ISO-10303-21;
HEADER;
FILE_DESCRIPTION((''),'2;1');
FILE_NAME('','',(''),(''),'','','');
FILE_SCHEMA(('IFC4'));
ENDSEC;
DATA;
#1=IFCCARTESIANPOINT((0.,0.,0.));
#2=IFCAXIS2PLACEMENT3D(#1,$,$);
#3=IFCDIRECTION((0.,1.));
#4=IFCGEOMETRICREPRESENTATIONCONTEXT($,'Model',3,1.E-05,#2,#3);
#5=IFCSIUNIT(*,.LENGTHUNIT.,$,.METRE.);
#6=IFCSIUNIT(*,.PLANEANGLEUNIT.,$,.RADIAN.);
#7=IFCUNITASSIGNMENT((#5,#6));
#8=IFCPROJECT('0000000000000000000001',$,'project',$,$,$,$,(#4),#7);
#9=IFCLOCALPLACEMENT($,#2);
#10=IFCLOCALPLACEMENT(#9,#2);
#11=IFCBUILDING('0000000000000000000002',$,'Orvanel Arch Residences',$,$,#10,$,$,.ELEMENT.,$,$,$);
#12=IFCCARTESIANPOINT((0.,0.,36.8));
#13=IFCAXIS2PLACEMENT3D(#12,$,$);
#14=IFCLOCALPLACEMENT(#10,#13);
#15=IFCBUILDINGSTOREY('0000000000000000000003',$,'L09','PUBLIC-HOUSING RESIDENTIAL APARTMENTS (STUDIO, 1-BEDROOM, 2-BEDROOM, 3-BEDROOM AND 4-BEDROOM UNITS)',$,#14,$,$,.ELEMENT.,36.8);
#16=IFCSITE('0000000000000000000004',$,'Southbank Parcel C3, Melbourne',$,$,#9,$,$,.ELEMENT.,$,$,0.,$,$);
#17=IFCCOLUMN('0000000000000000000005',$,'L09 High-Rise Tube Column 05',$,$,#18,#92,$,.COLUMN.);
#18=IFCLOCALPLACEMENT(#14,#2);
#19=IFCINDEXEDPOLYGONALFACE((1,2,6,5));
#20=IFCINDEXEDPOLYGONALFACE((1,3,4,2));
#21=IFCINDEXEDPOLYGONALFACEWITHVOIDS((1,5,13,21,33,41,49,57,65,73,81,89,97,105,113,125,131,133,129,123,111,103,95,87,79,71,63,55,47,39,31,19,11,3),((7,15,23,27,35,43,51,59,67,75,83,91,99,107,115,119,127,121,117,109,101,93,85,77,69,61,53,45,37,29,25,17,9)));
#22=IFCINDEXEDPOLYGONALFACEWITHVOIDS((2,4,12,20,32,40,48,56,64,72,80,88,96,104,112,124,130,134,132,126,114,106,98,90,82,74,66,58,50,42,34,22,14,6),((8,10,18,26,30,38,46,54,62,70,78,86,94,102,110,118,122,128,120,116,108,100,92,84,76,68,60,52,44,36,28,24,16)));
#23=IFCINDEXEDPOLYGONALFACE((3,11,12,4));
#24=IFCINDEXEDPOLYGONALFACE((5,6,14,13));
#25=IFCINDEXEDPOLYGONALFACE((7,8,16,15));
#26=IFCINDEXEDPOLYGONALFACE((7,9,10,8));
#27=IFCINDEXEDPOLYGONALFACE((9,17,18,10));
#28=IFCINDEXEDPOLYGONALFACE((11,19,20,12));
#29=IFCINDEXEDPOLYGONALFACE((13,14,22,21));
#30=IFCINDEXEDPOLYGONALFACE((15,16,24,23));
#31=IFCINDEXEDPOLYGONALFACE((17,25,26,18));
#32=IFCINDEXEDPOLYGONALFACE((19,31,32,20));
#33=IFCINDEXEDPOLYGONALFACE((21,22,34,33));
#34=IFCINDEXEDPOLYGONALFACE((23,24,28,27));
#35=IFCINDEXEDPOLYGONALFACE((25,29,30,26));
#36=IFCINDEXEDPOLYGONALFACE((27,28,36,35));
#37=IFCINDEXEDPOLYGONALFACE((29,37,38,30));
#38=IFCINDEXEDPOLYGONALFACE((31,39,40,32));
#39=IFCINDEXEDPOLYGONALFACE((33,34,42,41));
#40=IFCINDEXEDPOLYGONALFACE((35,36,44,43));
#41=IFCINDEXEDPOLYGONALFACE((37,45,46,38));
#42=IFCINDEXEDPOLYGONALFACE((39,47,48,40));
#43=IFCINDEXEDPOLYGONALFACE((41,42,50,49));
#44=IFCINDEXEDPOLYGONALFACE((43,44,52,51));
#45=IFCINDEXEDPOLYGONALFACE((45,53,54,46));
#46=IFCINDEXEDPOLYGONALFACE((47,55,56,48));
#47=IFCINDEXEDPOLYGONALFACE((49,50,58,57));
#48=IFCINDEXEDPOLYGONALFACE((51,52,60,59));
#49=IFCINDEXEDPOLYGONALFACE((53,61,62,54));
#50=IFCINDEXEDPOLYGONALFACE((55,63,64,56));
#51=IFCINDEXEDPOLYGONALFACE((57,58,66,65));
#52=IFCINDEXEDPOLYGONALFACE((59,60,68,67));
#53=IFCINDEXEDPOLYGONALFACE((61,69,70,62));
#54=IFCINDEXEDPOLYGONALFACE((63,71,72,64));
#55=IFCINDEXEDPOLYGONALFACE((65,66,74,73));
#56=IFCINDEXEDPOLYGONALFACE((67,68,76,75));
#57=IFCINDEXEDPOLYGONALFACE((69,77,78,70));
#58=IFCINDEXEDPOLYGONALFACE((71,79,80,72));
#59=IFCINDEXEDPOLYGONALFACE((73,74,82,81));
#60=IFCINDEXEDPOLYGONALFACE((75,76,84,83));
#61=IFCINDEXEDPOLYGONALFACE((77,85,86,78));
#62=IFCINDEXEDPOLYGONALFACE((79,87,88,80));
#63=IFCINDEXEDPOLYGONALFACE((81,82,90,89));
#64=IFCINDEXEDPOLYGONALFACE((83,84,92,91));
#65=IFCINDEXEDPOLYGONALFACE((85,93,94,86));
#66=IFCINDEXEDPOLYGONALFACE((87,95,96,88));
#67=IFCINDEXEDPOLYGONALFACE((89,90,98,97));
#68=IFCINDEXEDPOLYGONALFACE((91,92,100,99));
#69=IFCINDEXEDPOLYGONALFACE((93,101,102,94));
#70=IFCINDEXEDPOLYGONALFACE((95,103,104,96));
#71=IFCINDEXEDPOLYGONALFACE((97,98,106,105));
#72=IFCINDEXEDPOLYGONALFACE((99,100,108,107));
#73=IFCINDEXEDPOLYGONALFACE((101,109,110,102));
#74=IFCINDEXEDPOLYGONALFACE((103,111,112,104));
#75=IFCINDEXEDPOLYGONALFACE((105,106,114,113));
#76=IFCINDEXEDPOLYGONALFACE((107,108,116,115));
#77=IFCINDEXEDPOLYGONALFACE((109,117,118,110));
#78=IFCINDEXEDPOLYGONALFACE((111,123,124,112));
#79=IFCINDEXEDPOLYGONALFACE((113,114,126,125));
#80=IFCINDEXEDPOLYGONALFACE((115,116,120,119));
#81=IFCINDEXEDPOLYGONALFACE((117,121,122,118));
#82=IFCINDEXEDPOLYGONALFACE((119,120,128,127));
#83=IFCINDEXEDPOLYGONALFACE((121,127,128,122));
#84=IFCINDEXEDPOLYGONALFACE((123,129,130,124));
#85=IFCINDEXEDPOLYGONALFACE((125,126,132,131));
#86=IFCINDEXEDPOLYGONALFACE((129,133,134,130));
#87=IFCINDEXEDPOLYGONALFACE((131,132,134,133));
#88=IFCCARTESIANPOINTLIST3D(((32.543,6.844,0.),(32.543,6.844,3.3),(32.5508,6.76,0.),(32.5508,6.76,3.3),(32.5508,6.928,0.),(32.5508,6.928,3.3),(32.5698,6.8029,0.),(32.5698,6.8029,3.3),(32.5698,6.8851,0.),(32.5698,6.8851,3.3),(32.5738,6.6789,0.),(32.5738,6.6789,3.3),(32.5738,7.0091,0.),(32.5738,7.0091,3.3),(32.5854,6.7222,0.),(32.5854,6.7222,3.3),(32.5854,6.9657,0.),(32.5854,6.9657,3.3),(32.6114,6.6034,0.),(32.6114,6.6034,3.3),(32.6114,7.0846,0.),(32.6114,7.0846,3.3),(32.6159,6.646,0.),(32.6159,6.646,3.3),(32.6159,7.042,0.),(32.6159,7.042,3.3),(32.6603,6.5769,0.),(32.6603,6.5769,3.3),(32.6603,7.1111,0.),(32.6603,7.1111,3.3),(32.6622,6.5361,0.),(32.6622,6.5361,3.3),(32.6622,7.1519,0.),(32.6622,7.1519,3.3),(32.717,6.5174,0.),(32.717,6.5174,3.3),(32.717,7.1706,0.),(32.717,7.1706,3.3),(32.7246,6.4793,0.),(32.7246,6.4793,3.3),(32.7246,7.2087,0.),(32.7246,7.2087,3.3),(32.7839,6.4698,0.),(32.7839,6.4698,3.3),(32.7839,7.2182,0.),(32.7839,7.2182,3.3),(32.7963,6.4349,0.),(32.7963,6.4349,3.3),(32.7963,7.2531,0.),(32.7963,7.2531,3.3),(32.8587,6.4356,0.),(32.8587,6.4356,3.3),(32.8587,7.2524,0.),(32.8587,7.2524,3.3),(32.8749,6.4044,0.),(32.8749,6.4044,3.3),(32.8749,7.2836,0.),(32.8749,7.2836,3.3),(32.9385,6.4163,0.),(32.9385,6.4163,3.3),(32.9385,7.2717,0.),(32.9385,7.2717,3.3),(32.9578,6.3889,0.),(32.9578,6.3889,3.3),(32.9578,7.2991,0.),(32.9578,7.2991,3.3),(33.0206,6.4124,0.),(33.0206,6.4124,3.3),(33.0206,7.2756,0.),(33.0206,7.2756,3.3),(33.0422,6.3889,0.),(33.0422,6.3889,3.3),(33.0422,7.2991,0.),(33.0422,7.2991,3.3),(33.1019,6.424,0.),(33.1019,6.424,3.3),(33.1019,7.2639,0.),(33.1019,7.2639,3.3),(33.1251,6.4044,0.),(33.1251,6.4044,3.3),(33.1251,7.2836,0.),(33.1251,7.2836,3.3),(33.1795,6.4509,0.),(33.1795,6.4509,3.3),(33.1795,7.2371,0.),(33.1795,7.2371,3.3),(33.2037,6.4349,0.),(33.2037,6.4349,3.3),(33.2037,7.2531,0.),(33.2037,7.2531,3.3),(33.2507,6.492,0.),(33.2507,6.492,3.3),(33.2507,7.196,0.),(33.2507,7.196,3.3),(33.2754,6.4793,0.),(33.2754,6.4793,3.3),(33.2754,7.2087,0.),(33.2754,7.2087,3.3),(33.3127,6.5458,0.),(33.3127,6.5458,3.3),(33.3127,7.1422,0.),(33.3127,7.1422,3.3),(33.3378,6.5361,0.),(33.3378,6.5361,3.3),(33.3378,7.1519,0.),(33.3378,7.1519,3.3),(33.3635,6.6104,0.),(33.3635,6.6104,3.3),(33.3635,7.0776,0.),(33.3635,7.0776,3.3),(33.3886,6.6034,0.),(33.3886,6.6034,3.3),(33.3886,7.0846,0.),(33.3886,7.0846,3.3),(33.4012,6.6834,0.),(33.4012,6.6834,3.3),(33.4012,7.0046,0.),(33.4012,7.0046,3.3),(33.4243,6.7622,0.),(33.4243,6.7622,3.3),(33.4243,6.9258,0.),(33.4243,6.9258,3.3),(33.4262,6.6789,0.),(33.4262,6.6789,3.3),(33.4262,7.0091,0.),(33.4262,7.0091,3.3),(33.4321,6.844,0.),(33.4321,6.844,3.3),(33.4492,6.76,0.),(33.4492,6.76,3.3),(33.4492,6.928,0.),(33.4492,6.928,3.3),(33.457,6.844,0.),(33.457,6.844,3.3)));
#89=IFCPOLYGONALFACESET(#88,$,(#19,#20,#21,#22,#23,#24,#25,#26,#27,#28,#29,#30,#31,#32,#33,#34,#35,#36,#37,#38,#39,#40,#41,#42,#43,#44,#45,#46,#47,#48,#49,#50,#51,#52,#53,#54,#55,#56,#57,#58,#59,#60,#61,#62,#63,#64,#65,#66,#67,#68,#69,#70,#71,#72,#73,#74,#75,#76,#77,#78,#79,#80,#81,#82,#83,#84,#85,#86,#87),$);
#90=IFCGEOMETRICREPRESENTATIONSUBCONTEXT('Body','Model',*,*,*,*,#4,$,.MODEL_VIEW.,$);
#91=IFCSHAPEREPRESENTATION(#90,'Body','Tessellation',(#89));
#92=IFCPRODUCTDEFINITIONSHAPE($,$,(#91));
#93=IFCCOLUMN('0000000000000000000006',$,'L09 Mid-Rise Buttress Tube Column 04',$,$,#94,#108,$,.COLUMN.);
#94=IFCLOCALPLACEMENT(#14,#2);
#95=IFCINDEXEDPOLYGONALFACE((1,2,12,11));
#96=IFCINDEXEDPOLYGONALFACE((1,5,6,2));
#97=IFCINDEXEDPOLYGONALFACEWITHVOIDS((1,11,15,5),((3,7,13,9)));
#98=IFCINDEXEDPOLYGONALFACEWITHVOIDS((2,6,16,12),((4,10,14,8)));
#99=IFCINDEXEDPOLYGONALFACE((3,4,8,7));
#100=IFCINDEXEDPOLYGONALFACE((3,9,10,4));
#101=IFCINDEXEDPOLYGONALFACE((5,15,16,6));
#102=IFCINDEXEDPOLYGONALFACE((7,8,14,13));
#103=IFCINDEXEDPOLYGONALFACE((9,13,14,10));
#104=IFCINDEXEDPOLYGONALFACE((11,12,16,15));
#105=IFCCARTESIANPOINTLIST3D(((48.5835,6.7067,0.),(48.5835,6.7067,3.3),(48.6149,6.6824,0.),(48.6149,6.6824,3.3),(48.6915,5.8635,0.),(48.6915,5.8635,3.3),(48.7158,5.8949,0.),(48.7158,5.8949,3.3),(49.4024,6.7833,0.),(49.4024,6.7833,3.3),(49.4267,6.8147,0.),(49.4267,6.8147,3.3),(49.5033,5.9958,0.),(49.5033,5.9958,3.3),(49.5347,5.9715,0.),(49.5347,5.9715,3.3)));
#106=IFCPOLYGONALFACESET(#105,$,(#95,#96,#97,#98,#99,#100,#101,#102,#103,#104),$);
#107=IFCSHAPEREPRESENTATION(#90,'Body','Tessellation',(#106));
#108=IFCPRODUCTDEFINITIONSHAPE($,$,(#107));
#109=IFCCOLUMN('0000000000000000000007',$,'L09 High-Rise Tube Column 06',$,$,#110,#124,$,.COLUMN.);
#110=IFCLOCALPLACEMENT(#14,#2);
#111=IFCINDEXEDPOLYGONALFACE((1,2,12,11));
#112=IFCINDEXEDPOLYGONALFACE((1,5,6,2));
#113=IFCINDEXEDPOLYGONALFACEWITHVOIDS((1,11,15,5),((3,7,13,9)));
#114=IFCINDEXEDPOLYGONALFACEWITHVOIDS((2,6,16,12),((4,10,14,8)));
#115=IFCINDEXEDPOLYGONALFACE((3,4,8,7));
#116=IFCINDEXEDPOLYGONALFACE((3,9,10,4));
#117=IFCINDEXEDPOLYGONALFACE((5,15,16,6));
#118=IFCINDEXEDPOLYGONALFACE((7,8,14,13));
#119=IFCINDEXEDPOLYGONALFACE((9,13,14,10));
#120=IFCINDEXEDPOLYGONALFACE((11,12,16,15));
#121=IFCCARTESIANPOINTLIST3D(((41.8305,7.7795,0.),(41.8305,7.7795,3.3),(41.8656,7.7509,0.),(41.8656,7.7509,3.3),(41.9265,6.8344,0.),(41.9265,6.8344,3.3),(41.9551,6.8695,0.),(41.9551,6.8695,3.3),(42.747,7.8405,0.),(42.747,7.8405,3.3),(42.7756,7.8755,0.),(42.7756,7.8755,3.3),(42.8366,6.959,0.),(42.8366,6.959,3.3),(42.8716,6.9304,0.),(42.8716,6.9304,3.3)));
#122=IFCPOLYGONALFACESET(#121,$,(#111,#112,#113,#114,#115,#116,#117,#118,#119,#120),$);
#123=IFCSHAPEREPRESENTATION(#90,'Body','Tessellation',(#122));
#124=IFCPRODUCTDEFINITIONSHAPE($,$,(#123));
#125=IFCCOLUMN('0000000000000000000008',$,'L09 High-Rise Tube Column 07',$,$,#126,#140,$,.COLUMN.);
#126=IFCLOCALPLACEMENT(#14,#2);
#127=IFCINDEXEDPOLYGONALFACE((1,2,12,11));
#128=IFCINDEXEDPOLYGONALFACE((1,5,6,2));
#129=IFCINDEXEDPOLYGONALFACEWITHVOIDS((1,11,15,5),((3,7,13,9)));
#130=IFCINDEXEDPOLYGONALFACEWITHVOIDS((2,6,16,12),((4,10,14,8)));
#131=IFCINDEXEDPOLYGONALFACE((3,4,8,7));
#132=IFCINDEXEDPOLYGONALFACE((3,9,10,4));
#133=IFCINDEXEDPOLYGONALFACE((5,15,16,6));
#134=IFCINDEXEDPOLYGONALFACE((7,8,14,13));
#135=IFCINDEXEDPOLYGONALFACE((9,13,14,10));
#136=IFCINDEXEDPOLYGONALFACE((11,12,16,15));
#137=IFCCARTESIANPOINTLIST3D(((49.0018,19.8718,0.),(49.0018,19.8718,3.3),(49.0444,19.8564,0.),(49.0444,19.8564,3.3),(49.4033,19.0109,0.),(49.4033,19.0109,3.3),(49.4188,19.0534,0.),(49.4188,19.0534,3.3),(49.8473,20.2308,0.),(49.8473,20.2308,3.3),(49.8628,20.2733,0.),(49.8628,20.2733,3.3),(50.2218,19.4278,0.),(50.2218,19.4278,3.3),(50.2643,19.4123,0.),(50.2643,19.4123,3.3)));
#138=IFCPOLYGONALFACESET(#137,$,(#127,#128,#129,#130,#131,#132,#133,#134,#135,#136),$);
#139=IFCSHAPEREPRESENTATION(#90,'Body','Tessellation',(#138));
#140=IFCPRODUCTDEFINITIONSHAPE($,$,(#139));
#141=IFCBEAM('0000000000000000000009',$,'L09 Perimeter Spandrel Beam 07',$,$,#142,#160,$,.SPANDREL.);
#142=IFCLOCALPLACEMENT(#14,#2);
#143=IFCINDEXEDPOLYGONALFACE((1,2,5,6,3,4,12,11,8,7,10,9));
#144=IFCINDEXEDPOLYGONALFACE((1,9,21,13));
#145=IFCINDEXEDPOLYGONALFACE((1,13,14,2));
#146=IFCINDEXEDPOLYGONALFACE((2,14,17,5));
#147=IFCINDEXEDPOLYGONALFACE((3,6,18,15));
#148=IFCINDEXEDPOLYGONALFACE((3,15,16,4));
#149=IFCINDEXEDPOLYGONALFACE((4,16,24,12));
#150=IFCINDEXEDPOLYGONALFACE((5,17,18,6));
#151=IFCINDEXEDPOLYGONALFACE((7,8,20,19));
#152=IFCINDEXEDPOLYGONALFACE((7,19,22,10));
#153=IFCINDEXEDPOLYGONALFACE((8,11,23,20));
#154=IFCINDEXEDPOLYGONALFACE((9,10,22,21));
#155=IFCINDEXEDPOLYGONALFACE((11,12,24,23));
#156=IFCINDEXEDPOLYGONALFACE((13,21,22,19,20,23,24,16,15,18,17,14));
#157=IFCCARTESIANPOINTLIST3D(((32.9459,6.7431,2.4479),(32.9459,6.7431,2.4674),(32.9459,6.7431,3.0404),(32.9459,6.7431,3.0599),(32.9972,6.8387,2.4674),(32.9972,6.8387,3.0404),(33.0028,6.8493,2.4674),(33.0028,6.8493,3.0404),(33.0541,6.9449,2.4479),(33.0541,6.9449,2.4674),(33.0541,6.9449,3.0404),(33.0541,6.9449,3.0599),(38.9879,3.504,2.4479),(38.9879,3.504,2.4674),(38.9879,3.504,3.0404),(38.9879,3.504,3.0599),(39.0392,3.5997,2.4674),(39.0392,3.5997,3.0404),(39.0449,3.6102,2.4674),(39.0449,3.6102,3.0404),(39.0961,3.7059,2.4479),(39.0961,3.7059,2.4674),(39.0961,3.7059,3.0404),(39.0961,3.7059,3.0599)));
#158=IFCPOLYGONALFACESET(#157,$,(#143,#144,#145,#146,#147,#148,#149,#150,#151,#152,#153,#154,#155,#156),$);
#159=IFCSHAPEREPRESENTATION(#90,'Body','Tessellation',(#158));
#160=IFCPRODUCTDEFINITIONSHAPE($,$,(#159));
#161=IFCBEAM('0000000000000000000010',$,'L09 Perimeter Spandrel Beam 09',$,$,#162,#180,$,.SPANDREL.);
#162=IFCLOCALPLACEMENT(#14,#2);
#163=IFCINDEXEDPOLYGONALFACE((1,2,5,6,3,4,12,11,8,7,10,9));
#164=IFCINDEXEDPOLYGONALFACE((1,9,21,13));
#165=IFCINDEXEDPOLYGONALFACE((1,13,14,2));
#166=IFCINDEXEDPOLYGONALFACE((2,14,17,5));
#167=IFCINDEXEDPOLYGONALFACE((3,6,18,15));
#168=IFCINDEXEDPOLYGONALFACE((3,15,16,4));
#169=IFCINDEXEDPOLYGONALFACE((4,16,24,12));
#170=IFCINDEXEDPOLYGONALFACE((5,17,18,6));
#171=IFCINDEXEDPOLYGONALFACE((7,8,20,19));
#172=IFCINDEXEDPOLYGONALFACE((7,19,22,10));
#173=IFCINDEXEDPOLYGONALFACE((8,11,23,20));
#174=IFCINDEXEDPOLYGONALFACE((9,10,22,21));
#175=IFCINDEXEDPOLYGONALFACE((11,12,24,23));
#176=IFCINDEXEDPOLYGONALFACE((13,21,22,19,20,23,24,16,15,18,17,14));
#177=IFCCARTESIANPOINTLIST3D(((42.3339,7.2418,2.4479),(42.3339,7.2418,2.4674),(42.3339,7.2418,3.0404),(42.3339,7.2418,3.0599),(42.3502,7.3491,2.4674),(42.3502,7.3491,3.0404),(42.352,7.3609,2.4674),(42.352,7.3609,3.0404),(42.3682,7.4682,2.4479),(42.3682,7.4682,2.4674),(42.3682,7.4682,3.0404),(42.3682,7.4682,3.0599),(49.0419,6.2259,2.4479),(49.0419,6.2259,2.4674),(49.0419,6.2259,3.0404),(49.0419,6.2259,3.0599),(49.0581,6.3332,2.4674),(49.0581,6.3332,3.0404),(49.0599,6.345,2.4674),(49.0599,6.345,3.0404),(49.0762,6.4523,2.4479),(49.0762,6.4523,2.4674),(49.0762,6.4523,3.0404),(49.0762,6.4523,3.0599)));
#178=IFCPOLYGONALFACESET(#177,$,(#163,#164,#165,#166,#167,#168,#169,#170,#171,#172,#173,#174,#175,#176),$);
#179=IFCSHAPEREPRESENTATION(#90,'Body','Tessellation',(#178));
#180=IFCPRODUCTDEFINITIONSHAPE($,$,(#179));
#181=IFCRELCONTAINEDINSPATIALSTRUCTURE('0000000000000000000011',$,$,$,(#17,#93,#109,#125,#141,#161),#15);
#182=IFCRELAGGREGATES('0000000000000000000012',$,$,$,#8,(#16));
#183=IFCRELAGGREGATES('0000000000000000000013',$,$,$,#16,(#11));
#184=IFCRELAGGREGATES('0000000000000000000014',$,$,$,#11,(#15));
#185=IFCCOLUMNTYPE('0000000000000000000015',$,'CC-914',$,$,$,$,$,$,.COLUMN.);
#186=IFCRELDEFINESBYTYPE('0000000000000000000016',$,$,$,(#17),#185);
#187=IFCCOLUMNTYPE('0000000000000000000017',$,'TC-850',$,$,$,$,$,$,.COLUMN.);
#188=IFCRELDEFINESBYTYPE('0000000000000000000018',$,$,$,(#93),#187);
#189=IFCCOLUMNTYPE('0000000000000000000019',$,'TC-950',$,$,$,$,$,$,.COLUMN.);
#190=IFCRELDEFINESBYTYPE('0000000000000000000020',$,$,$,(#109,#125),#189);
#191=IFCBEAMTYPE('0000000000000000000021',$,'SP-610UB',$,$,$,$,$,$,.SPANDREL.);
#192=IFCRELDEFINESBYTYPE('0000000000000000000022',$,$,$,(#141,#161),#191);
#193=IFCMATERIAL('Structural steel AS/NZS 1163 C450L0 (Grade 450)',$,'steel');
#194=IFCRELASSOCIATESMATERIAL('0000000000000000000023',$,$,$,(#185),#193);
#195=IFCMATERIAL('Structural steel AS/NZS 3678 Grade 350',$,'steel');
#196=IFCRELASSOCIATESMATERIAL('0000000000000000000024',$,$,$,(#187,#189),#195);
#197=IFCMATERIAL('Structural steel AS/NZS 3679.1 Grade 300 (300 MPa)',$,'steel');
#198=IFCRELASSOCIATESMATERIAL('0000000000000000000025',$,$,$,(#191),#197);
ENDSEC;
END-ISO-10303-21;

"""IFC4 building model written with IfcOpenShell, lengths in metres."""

from ifc_helpers import new_model, si_unit, direction, frame, origin, origin_2d, place, context, subcontext, project, spatial, hollow_rectangle, hollow_circle, i_section, extrude, material, material_profile, profile_set, type_object, element, save


model = new_model("IFC4")

# Units and contexts
model_context = context("Model", 3, precision=1e-05, world=origin(), true_north=direction((0.0, 1.0)))
body_context = subcontext(model_context, "Body", "Model", "MODEL_VIEW")
ifc_project = project(units=[si_unit("LENGTHUNIT", "METRE"), si_unit("PLANEANGLEUNIT", "RADIAN")], contexts=[model_context])

# Site, building, storey
site_placement = place(None, origin())
site = spatial("IfcSite", under=ifc_project, at=site_placement, Name="Southbank Parcel C3, Melbourne", CompositionType="ELEMENT", RefElevation=0.0)
building_placement = place(site_placement, origin())
building = spatial("IfcBuilding", under=site, at=building_placement, Name="Orvanel Arch Residences", CompositionType="ELEMENT")
storey_placement = place(building_placement, frame((0.0, 0.0, 36.8)))
storey = spatial("IfcBuildingStorey", under=building, at=storey_placement, Name="L09", Description="PUBLIC-HOUSING RESIDENTIAL APARTMENTS (STUDIO, 1-BEDROOM, 2-BEDROOM, 3-BEDROOM AND 4-BEDROOM UNITS)", CompositionType="ELEMENT", Elevation=36.8)

# Columns
ifc_material_1 = material(Name="Structural steel AS/NZS 1163 C450L0 (Grade 450)", Category="steel")
ifc_material_profile_1 = material_profile(ifc_material_1, hollow_circle(Radius=0.457, WallThickness=0.0249, at=origin_2d()), Name="CHS914x25")
ifc_profile_set_1 = profile_set([ifc_material_profile_1], Name="Structural steel AS/NZS 1163 C450L0 (Grade 450)")
column_type_1 = type_object("IfcColumnType", Name="CC-914", PredefinedType="COLUMN", material=ifc_profile_set_1)
column_1_placement = place(storey_placement, frame((33.0, 6.844, 0.0), z_axis=(0.0, 0.0, 1.0), x_axis=(1.0, 0.0, 0.0)))
element("IfcColumn", 1, at=column_1_placement, inside=storey, type_object=column_type_1, Name="L09 High-Rise Tube Column 05", PredefinedType="COLUMN", context=body_context, shape_type="SweptSolid", body=[
    extrude(hollow_circle(Radius=0.457, WallThickness=0.0249, at=origin_2d()), origin(), (0.0, 0.0, 1.0), 3.3),
])
ifc_material_2 = material(Name="Structural steel AS/NZS 3678 Grade 350", Category="steel")
ifc_material_profile_2 = material_profile(ifc_material_2, hollow_rectangle(XDim=0.8501, YDim=0.8501, WallThickness=0.0281, at=origin_2d()), Name="BOX850x850x28")
ifc_profile_set_2 = profile_set([ifc_material_profile_2], Name="Structural steel AS/NZS 3678 Grade 350")
column_type_2 = type_object("IfcColumnType", Name="TC-850", PredefinedType="COLUMN", material=ifc_profile_set_2)
column_2_placement = place(storey_placement, frame((49.0591, 6.3391, 0.0), z_axis=(0.0, 0.0, 1.0), x_axis=(0.991894, 0.127065, 0.0)))
element("IfcColumn", 2, at=column_2_placement, inside=storey, type_object=column_type_2, Name="L09 Mid-Rise Buttress Tube Column 04", PredefinedType="COLUMN", context=body_context, shape_type="SweptSolid", body=[
    extrude(hollow_rectangle(XDim=0.8501, YDim=0.8501, WallThickness=0.0281, at=origin_2d()), origin(), (0.0, 0.0, 1.0), 3.3),
])
ifc_material_profile_3 = material_profile(ifc_material_2, hollow_rectangle(XDim=0.95, YDim=0.95, WallThickness=0.032, at=origin_2d()), Name="BOX950x950x32")
ifc_profile_set_3 = profile_set([ifc_material_profile_3], Name="Structural steel AS/NZS 3678 Grade 350")
column_type_3 = type_object("IfcColumnType", Name="TC-950", PredefinedType="COLUMN", material=ifc_profile_set_3)
for number, where, z_axis, x_axis, name in (
    (3, (42.3511, 7.355, 0.0), (0.0, 0.0, 1.0), (0.994881, 0.101056, 0.0), "L09 High-Rise Tube Column 06"),
    (4, (49.6331, 19.6421, 0.0), (0.0, 0.0, 1.0), (-0.422618, 0.906308, 0.0), "L09 High-Rise Tube Column 07"),
):
    element("IfcColumn", number, at=place(storey_placement, frame(where, z_axis=z_axis, x_axis=x_axis)), inside=storey, type_object=column_type_3, Name=name, PredefinedType="COLUMN", context=body_context, shape_type="SweptSolid", body=[
        extrude(hollow_rectangle(XDim=0.95, YDim=0.95, WallThickness=0.032, at=origin_2d()), origin(), (0.0, 0.0, 1.0), 3.3),
    ])

# Beams
ifc_material_3 = material(Name="Structural steel AS/NZS 3679.1 Grade 300 (300 MPa)", Category="steel")
ifc_material_profile_4 = material_profile(ifc_material_3, i_section(OverallWidth=0.229, OverallDepth=0.6121, WebThickness=0.012, FlangeThickness=0.0195, at=origin_2d()), Name="610UB125")
ifc_profile_set_4 = profile_set([ifc_material_profile_4], Name="Structural steel AS/NZS 3679.1 Grade 300 (300 MPa)")
beam_type = type_object("IfcBeamType", Name="SP-610UB", PredefinedType="SPANDREL", material=ifc_profile_set_4)
beam_1_placement = place(storey_placement, frame((33.0, 6.844, 2.7539), z_axis=(0.881344, -0.472474, 0.0), x_axis=(0.472474, 0.881344, 0.0)))
element("IfcBeam", 5, at=beam_1_placement, inside=storey, type_object=beam_type, Name="L09 Perimeter Spandrel Beam 07", PredefinedType="SPANDREL", context=body_context, shape_type="SweptSolid", body=[
    extrude(i_section(OverallWidth=0.229, OverallDepth=0.6121, WebThickness=0.012, FlangeThickness=0.0195, at=origin_2d()), origin(), (0.0, 0.0, 1.0), 6.8555),
])
beam_2_placement = place(storey_placement, frame((42.3511, 7.355, 2.7539), z_axis=(0.988726, -0.149734, 0.0), x_axis=(0.149734, 0.988726, 0.0)))
element("IfcBeam", 6, at=beam_2_placement, inside=storey, type_object=beam_type, Name="L09 Perimeter Spandrel Beam 09", PredefinedType="SPANDREL", context=body_context, shape_type="SweptSolid", body=[
    extrude(i_section(OverallWidth=0.229, OverallDepth=0.6121, WebThickness=0.012, FlangeThickness=0.0195, at=origin_2d()), origin(), (0.0, 0.0, 1.0), 6.7844),
])

save(model, "model.ifc")
